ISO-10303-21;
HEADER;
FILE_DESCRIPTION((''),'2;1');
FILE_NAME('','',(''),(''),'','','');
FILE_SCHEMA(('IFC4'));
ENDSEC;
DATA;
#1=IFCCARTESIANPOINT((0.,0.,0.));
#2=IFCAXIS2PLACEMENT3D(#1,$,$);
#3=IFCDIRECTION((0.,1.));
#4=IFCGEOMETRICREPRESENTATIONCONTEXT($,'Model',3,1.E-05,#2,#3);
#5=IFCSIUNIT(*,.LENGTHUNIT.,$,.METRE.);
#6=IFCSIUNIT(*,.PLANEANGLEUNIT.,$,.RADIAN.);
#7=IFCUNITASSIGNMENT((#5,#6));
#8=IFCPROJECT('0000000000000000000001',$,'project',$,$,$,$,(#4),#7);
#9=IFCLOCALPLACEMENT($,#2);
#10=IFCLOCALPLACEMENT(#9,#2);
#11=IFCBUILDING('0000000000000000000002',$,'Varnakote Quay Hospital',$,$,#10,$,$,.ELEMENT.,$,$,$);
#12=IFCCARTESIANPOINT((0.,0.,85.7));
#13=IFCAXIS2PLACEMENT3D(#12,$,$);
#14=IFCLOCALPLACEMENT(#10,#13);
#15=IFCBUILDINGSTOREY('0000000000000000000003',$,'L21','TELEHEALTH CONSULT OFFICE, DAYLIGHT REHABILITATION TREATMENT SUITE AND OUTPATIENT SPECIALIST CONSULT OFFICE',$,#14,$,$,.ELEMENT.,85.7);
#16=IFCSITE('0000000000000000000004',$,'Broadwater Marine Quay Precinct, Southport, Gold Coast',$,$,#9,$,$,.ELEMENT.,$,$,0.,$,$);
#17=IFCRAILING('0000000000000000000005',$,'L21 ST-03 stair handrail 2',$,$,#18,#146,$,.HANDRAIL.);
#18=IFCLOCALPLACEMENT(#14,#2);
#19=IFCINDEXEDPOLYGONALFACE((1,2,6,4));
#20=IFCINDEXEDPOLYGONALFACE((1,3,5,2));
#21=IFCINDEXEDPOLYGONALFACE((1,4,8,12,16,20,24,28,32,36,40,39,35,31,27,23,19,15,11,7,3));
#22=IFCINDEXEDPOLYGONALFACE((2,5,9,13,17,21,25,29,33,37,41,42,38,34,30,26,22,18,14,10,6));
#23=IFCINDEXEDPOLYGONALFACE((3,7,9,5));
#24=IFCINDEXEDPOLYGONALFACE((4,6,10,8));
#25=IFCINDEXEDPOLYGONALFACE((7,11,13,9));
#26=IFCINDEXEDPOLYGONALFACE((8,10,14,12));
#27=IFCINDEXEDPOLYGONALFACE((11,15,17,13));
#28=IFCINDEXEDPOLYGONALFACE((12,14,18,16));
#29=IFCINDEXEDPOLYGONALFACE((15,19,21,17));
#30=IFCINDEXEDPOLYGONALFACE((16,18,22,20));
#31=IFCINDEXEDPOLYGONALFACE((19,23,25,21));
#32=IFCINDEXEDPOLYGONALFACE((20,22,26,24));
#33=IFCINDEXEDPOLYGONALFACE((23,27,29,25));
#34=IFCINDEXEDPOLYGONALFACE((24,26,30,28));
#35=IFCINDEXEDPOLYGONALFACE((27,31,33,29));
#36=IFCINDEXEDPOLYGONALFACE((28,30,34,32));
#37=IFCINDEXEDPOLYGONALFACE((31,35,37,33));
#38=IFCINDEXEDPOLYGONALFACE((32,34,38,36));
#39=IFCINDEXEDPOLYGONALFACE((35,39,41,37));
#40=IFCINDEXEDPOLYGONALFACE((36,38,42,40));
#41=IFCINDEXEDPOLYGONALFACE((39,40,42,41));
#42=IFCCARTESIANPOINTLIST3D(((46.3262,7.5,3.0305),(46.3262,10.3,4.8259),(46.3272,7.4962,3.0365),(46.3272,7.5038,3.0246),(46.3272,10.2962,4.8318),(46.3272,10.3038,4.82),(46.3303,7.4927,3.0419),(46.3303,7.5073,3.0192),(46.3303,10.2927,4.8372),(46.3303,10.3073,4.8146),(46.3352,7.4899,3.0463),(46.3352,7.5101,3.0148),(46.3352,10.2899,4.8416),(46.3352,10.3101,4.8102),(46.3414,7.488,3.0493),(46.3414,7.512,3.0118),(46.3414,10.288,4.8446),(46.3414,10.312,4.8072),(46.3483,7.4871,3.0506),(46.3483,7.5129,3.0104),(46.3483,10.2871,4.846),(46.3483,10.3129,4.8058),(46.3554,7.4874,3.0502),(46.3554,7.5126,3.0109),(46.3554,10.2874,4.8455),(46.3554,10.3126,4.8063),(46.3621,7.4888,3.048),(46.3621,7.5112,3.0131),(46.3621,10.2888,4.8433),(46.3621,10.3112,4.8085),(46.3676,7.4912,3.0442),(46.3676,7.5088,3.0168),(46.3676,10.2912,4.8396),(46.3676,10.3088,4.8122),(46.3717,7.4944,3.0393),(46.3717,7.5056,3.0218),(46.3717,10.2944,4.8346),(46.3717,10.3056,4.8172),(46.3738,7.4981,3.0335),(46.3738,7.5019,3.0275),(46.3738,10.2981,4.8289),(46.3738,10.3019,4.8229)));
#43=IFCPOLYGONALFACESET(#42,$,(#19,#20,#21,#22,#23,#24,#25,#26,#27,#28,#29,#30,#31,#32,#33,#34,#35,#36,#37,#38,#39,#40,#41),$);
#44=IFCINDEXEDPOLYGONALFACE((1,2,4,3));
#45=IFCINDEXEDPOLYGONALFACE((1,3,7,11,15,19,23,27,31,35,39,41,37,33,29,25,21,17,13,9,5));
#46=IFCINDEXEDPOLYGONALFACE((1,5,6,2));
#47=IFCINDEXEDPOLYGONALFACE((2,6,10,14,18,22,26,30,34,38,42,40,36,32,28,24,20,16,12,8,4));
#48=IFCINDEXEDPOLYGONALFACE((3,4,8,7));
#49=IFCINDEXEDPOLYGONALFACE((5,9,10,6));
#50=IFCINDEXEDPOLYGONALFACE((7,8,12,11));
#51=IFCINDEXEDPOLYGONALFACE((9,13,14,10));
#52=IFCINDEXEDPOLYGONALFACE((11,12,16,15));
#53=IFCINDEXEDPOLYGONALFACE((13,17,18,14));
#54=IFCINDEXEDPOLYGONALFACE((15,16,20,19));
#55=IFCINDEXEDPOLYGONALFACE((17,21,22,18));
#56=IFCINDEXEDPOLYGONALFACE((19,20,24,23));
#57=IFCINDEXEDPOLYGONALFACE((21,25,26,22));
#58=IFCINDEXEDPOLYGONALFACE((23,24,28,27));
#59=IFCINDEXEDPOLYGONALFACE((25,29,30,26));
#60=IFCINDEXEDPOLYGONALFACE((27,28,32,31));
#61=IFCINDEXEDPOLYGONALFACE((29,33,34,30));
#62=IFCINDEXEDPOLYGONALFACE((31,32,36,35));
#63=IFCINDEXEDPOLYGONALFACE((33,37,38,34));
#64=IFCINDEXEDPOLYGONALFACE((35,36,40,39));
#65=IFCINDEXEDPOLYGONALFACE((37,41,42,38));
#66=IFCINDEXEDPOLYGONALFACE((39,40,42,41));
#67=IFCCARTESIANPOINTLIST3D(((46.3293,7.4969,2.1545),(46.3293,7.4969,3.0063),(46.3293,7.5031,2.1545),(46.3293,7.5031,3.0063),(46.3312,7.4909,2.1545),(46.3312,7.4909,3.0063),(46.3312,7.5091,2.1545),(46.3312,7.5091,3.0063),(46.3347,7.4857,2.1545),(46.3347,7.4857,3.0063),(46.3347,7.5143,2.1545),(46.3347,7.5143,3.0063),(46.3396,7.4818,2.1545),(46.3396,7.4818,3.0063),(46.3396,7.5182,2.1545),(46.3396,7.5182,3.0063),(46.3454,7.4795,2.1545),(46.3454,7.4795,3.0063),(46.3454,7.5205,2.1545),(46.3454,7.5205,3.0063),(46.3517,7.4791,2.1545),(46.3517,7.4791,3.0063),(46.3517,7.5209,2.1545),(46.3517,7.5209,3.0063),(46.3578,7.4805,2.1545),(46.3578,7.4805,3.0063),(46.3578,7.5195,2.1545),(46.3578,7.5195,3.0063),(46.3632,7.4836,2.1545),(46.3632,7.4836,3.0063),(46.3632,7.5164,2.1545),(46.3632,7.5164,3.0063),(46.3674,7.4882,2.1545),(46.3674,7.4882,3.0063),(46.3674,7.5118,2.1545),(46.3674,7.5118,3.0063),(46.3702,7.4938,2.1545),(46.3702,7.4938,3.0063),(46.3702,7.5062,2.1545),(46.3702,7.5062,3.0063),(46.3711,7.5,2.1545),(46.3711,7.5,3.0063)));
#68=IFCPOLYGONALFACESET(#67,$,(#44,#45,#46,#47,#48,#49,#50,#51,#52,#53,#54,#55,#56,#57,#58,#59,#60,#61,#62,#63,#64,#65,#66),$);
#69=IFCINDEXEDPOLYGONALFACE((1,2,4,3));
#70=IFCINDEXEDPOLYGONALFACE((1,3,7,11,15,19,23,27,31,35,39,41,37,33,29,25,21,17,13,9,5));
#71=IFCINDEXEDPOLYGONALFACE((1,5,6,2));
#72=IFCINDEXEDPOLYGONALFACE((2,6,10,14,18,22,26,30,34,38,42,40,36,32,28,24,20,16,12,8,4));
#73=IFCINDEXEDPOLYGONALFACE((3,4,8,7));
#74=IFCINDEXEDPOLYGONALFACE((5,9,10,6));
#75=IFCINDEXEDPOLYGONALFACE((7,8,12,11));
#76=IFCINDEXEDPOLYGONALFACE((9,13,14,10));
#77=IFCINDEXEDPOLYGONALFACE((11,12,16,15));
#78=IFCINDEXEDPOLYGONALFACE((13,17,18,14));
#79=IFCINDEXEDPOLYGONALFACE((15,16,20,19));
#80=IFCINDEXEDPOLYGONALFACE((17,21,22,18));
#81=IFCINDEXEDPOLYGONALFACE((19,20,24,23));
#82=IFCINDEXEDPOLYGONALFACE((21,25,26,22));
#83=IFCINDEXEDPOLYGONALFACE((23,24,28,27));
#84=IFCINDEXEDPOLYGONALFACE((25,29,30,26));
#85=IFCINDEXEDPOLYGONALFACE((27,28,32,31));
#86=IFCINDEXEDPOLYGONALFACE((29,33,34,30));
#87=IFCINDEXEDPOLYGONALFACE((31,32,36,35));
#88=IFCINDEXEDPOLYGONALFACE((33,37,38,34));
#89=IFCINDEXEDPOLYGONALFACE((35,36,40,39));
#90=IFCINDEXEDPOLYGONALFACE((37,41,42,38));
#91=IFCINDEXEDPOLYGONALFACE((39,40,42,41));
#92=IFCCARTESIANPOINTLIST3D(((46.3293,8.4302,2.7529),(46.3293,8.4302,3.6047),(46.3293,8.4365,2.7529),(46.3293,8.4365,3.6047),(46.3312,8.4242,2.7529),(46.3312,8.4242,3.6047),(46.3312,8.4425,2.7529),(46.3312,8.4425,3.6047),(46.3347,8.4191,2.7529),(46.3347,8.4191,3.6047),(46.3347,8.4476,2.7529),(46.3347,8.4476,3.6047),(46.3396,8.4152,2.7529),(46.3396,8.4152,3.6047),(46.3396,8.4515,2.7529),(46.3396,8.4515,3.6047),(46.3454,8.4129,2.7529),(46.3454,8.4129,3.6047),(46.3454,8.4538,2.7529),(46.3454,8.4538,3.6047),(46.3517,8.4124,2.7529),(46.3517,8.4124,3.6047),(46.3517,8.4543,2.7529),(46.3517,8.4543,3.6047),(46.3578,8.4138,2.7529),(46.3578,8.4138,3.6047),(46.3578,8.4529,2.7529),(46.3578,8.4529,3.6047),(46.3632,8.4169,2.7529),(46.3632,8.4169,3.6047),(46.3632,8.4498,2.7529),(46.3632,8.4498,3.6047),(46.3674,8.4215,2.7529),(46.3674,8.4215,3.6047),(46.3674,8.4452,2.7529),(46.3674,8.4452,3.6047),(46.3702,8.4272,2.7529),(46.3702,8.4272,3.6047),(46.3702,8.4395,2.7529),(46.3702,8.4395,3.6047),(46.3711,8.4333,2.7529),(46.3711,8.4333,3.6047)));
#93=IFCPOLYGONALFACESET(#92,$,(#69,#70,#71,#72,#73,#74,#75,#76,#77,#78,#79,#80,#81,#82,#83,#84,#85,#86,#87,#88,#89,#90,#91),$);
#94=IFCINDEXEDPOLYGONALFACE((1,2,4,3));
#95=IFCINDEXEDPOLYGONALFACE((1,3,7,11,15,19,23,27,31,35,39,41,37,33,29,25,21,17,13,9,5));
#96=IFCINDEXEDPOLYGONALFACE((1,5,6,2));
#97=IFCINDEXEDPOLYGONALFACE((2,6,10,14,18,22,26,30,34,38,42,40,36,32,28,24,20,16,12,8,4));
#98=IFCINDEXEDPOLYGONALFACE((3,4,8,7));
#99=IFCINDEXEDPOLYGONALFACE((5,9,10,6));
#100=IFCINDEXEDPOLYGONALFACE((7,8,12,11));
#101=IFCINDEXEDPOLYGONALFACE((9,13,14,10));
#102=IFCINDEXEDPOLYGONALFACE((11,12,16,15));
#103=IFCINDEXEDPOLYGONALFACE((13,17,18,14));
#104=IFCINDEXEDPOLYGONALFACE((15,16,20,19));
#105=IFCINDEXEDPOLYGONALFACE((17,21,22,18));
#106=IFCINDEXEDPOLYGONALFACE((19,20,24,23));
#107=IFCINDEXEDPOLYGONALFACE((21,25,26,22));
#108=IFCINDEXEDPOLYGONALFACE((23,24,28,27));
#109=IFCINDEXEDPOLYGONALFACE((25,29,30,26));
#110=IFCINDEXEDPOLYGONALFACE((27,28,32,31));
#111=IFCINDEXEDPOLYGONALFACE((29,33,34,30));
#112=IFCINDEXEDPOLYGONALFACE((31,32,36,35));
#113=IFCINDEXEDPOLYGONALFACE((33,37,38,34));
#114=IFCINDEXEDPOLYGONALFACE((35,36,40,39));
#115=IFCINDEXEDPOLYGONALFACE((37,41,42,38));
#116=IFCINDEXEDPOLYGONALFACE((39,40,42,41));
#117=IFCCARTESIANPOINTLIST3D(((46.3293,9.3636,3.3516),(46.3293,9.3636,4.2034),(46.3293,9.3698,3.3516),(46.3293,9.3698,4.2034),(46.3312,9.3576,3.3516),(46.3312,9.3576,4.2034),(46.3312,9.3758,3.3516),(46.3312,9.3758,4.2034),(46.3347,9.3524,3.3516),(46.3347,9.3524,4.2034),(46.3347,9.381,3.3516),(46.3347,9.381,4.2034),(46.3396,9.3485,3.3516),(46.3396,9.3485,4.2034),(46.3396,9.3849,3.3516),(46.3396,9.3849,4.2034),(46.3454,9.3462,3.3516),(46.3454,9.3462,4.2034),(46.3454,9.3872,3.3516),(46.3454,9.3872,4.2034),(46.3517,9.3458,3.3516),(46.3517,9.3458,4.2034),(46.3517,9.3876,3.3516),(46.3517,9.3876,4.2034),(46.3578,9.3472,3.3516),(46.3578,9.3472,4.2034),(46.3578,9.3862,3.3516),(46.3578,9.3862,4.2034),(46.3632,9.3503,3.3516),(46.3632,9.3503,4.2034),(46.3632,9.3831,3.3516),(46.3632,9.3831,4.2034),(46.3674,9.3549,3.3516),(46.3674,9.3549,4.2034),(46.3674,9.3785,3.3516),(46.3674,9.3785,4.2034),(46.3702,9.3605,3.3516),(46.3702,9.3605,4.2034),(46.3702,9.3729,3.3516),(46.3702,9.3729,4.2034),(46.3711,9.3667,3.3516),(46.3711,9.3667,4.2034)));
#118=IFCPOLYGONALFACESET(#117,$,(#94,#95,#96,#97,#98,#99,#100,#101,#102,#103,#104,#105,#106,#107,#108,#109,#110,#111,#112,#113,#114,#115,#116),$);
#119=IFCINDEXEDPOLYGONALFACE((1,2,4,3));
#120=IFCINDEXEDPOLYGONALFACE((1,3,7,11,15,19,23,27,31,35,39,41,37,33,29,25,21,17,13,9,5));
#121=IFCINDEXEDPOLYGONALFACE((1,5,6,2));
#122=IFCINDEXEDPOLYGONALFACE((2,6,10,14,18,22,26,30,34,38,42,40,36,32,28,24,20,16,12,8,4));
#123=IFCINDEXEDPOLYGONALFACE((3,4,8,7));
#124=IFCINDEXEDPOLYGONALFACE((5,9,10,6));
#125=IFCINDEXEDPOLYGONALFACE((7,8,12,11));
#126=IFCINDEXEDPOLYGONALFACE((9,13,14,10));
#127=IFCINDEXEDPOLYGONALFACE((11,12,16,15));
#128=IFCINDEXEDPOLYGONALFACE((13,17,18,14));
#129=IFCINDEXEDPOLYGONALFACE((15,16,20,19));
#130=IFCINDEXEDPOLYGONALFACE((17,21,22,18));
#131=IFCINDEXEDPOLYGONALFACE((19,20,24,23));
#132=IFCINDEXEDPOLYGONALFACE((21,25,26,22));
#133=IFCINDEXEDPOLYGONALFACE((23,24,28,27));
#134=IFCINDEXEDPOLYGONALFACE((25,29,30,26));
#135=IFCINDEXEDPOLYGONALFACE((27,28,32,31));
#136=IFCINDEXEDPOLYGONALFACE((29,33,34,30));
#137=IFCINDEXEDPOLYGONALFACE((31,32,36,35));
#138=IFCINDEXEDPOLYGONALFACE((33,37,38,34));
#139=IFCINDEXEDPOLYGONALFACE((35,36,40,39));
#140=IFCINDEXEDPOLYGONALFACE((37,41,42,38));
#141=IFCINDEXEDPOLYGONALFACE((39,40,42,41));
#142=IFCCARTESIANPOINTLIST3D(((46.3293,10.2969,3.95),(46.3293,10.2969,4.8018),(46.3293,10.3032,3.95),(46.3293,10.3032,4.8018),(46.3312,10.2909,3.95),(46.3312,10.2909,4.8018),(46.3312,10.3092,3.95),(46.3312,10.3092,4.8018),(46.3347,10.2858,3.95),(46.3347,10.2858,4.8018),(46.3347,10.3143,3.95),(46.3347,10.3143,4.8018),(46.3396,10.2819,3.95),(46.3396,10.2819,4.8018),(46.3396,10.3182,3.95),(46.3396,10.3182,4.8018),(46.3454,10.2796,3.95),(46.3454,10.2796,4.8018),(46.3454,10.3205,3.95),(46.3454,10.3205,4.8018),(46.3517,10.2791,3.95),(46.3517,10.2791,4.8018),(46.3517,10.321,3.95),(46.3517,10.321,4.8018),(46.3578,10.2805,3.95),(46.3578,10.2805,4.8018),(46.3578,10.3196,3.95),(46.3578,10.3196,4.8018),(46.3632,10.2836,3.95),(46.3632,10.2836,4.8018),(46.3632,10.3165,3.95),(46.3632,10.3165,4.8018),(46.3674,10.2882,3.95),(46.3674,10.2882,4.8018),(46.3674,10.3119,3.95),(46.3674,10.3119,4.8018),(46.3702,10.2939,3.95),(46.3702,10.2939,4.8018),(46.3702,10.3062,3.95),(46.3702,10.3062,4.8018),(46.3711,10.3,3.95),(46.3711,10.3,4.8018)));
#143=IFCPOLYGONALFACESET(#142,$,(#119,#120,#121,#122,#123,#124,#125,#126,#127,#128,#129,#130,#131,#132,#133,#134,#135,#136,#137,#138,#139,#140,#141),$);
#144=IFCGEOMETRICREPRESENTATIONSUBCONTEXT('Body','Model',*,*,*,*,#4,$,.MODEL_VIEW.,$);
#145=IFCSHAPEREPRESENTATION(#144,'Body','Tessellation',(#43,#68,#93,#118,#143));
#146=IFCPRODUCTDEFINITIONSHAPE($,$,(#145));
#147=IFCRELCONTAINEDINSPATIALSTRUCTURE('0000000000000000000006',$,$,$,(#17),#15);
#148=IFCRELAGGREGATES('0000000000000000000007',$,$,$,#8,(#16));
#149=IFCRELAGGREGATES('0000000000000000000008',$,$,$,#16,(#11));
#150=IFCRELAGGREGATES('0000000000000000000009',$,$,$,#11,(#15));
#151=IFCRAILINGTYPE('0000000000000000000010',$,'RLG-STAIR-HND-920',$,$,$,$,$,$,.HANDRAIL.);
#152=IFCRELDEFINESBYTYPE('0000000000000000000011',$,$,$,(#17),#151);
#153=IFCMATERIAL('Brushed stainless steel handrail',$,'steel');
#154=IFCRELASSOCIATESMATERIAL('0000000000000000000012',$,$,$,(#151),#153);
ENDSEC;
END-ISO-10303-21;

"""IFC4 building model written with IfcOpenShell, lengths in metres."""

from ifc_helpers import new_model, si_unit, direction, frame, origin, origin_2d, place, context, subcontext, project, spatial, circle, extrude, material, type_object, element, save


model = new_model("IFC4")

# Units and contexts
model_context = context("Model", 3, precision=1e-05, world=origin(), true_north=direction((0.0, 1.0)))
body_context = subcontext(model_context, "Body", "Model", "MODEL_VIEW")
ifc_project = project(units=[si_unit("LENGTHUNIT", "METRE"), si_unit("PLANEANGLEUNIT", "RADIAN")], contexts=[model_context])

# Site, building, storey
site_placement = place(None, origin())
site = spatial("IfcSite", under=ifc_project, at=site_placement, Name="Broadwater Marine Quay Precinct, Southport, Gold Coast", CompositionType="ELEMENT", RefElevation=0.0)
building_placement = place(site_placement, origin())
building = spatial("IfcBuilding", under=site, at=building_placement, Name="Varnakote Quay Hospital", CompositionType="ELEMENT")
storey_placement = place(building_placement, frame((0.0, 0.0, 85.7)))
storey = spatial("IfcBuildingStorey", under=building, at=storey_placement, Name="L21", Description="TELEHEALTH CONSULT OFFICE, DAYLIGHT REHABILITATION TREATMENT SUITE AND OUTPATIENT SPECIALIST CONSULT OFFICE", CompositionType="ELEMENT", Elevation=85.7)

# Railing
ifc_material_1 = material(Name="Brushed stainless steel handrail", Category="steel")
railing_type_1 = type_object("IfcRailingType", Name="RLG-STAIR-HND-920", PredefinedType="HANDRAIL", material=ifc_material_1)
railing_1_placement = place(storey_placement, frame((46.3501, 7.5, 2.1545)))
element("IfcRailing", 1, at=railing_1_placement, inside=storey, type_object=railing_type_1, Name="L21 ST-03 stair handrail 2", PredefinedType="HANDRAIL", context=body_context, shape_type="SweptSolid", body=[
    extrude(circle(Radius=0.0239, at=origin_2d()), frame((0.0, 0.0, 0.876), z_axis=(0.0, 0.84181, 0.539774), x_axis=(-1.0, 0.0, 0.0)), (0.0, 0.0, 1.0), 3.3262),
    extrude(circle(Radius=0.021, at=origin_2d()), origin(), (0.0, 0.0, 1.0), 0.8518),
    extrude(circle(Radius=0.021, at=origin_2d()), frame((0.0, 0.9333, 0.5984)), (0.0, 0.0, 1.0), 0.8518),
    extrude(circle(Radius=0.021, at=origin_2d()), frame((0.0, 1.8667, 1.197)), (0.0, 0.0, 1.0), 0.8518),
    extrude(circle(Radius=0.021, at=origin_2d()), frame((0.0, 2.8, 1.7954)), (0.0, 0.0, 1.0), 0.8518),
])

save(model, "model.ifc")
